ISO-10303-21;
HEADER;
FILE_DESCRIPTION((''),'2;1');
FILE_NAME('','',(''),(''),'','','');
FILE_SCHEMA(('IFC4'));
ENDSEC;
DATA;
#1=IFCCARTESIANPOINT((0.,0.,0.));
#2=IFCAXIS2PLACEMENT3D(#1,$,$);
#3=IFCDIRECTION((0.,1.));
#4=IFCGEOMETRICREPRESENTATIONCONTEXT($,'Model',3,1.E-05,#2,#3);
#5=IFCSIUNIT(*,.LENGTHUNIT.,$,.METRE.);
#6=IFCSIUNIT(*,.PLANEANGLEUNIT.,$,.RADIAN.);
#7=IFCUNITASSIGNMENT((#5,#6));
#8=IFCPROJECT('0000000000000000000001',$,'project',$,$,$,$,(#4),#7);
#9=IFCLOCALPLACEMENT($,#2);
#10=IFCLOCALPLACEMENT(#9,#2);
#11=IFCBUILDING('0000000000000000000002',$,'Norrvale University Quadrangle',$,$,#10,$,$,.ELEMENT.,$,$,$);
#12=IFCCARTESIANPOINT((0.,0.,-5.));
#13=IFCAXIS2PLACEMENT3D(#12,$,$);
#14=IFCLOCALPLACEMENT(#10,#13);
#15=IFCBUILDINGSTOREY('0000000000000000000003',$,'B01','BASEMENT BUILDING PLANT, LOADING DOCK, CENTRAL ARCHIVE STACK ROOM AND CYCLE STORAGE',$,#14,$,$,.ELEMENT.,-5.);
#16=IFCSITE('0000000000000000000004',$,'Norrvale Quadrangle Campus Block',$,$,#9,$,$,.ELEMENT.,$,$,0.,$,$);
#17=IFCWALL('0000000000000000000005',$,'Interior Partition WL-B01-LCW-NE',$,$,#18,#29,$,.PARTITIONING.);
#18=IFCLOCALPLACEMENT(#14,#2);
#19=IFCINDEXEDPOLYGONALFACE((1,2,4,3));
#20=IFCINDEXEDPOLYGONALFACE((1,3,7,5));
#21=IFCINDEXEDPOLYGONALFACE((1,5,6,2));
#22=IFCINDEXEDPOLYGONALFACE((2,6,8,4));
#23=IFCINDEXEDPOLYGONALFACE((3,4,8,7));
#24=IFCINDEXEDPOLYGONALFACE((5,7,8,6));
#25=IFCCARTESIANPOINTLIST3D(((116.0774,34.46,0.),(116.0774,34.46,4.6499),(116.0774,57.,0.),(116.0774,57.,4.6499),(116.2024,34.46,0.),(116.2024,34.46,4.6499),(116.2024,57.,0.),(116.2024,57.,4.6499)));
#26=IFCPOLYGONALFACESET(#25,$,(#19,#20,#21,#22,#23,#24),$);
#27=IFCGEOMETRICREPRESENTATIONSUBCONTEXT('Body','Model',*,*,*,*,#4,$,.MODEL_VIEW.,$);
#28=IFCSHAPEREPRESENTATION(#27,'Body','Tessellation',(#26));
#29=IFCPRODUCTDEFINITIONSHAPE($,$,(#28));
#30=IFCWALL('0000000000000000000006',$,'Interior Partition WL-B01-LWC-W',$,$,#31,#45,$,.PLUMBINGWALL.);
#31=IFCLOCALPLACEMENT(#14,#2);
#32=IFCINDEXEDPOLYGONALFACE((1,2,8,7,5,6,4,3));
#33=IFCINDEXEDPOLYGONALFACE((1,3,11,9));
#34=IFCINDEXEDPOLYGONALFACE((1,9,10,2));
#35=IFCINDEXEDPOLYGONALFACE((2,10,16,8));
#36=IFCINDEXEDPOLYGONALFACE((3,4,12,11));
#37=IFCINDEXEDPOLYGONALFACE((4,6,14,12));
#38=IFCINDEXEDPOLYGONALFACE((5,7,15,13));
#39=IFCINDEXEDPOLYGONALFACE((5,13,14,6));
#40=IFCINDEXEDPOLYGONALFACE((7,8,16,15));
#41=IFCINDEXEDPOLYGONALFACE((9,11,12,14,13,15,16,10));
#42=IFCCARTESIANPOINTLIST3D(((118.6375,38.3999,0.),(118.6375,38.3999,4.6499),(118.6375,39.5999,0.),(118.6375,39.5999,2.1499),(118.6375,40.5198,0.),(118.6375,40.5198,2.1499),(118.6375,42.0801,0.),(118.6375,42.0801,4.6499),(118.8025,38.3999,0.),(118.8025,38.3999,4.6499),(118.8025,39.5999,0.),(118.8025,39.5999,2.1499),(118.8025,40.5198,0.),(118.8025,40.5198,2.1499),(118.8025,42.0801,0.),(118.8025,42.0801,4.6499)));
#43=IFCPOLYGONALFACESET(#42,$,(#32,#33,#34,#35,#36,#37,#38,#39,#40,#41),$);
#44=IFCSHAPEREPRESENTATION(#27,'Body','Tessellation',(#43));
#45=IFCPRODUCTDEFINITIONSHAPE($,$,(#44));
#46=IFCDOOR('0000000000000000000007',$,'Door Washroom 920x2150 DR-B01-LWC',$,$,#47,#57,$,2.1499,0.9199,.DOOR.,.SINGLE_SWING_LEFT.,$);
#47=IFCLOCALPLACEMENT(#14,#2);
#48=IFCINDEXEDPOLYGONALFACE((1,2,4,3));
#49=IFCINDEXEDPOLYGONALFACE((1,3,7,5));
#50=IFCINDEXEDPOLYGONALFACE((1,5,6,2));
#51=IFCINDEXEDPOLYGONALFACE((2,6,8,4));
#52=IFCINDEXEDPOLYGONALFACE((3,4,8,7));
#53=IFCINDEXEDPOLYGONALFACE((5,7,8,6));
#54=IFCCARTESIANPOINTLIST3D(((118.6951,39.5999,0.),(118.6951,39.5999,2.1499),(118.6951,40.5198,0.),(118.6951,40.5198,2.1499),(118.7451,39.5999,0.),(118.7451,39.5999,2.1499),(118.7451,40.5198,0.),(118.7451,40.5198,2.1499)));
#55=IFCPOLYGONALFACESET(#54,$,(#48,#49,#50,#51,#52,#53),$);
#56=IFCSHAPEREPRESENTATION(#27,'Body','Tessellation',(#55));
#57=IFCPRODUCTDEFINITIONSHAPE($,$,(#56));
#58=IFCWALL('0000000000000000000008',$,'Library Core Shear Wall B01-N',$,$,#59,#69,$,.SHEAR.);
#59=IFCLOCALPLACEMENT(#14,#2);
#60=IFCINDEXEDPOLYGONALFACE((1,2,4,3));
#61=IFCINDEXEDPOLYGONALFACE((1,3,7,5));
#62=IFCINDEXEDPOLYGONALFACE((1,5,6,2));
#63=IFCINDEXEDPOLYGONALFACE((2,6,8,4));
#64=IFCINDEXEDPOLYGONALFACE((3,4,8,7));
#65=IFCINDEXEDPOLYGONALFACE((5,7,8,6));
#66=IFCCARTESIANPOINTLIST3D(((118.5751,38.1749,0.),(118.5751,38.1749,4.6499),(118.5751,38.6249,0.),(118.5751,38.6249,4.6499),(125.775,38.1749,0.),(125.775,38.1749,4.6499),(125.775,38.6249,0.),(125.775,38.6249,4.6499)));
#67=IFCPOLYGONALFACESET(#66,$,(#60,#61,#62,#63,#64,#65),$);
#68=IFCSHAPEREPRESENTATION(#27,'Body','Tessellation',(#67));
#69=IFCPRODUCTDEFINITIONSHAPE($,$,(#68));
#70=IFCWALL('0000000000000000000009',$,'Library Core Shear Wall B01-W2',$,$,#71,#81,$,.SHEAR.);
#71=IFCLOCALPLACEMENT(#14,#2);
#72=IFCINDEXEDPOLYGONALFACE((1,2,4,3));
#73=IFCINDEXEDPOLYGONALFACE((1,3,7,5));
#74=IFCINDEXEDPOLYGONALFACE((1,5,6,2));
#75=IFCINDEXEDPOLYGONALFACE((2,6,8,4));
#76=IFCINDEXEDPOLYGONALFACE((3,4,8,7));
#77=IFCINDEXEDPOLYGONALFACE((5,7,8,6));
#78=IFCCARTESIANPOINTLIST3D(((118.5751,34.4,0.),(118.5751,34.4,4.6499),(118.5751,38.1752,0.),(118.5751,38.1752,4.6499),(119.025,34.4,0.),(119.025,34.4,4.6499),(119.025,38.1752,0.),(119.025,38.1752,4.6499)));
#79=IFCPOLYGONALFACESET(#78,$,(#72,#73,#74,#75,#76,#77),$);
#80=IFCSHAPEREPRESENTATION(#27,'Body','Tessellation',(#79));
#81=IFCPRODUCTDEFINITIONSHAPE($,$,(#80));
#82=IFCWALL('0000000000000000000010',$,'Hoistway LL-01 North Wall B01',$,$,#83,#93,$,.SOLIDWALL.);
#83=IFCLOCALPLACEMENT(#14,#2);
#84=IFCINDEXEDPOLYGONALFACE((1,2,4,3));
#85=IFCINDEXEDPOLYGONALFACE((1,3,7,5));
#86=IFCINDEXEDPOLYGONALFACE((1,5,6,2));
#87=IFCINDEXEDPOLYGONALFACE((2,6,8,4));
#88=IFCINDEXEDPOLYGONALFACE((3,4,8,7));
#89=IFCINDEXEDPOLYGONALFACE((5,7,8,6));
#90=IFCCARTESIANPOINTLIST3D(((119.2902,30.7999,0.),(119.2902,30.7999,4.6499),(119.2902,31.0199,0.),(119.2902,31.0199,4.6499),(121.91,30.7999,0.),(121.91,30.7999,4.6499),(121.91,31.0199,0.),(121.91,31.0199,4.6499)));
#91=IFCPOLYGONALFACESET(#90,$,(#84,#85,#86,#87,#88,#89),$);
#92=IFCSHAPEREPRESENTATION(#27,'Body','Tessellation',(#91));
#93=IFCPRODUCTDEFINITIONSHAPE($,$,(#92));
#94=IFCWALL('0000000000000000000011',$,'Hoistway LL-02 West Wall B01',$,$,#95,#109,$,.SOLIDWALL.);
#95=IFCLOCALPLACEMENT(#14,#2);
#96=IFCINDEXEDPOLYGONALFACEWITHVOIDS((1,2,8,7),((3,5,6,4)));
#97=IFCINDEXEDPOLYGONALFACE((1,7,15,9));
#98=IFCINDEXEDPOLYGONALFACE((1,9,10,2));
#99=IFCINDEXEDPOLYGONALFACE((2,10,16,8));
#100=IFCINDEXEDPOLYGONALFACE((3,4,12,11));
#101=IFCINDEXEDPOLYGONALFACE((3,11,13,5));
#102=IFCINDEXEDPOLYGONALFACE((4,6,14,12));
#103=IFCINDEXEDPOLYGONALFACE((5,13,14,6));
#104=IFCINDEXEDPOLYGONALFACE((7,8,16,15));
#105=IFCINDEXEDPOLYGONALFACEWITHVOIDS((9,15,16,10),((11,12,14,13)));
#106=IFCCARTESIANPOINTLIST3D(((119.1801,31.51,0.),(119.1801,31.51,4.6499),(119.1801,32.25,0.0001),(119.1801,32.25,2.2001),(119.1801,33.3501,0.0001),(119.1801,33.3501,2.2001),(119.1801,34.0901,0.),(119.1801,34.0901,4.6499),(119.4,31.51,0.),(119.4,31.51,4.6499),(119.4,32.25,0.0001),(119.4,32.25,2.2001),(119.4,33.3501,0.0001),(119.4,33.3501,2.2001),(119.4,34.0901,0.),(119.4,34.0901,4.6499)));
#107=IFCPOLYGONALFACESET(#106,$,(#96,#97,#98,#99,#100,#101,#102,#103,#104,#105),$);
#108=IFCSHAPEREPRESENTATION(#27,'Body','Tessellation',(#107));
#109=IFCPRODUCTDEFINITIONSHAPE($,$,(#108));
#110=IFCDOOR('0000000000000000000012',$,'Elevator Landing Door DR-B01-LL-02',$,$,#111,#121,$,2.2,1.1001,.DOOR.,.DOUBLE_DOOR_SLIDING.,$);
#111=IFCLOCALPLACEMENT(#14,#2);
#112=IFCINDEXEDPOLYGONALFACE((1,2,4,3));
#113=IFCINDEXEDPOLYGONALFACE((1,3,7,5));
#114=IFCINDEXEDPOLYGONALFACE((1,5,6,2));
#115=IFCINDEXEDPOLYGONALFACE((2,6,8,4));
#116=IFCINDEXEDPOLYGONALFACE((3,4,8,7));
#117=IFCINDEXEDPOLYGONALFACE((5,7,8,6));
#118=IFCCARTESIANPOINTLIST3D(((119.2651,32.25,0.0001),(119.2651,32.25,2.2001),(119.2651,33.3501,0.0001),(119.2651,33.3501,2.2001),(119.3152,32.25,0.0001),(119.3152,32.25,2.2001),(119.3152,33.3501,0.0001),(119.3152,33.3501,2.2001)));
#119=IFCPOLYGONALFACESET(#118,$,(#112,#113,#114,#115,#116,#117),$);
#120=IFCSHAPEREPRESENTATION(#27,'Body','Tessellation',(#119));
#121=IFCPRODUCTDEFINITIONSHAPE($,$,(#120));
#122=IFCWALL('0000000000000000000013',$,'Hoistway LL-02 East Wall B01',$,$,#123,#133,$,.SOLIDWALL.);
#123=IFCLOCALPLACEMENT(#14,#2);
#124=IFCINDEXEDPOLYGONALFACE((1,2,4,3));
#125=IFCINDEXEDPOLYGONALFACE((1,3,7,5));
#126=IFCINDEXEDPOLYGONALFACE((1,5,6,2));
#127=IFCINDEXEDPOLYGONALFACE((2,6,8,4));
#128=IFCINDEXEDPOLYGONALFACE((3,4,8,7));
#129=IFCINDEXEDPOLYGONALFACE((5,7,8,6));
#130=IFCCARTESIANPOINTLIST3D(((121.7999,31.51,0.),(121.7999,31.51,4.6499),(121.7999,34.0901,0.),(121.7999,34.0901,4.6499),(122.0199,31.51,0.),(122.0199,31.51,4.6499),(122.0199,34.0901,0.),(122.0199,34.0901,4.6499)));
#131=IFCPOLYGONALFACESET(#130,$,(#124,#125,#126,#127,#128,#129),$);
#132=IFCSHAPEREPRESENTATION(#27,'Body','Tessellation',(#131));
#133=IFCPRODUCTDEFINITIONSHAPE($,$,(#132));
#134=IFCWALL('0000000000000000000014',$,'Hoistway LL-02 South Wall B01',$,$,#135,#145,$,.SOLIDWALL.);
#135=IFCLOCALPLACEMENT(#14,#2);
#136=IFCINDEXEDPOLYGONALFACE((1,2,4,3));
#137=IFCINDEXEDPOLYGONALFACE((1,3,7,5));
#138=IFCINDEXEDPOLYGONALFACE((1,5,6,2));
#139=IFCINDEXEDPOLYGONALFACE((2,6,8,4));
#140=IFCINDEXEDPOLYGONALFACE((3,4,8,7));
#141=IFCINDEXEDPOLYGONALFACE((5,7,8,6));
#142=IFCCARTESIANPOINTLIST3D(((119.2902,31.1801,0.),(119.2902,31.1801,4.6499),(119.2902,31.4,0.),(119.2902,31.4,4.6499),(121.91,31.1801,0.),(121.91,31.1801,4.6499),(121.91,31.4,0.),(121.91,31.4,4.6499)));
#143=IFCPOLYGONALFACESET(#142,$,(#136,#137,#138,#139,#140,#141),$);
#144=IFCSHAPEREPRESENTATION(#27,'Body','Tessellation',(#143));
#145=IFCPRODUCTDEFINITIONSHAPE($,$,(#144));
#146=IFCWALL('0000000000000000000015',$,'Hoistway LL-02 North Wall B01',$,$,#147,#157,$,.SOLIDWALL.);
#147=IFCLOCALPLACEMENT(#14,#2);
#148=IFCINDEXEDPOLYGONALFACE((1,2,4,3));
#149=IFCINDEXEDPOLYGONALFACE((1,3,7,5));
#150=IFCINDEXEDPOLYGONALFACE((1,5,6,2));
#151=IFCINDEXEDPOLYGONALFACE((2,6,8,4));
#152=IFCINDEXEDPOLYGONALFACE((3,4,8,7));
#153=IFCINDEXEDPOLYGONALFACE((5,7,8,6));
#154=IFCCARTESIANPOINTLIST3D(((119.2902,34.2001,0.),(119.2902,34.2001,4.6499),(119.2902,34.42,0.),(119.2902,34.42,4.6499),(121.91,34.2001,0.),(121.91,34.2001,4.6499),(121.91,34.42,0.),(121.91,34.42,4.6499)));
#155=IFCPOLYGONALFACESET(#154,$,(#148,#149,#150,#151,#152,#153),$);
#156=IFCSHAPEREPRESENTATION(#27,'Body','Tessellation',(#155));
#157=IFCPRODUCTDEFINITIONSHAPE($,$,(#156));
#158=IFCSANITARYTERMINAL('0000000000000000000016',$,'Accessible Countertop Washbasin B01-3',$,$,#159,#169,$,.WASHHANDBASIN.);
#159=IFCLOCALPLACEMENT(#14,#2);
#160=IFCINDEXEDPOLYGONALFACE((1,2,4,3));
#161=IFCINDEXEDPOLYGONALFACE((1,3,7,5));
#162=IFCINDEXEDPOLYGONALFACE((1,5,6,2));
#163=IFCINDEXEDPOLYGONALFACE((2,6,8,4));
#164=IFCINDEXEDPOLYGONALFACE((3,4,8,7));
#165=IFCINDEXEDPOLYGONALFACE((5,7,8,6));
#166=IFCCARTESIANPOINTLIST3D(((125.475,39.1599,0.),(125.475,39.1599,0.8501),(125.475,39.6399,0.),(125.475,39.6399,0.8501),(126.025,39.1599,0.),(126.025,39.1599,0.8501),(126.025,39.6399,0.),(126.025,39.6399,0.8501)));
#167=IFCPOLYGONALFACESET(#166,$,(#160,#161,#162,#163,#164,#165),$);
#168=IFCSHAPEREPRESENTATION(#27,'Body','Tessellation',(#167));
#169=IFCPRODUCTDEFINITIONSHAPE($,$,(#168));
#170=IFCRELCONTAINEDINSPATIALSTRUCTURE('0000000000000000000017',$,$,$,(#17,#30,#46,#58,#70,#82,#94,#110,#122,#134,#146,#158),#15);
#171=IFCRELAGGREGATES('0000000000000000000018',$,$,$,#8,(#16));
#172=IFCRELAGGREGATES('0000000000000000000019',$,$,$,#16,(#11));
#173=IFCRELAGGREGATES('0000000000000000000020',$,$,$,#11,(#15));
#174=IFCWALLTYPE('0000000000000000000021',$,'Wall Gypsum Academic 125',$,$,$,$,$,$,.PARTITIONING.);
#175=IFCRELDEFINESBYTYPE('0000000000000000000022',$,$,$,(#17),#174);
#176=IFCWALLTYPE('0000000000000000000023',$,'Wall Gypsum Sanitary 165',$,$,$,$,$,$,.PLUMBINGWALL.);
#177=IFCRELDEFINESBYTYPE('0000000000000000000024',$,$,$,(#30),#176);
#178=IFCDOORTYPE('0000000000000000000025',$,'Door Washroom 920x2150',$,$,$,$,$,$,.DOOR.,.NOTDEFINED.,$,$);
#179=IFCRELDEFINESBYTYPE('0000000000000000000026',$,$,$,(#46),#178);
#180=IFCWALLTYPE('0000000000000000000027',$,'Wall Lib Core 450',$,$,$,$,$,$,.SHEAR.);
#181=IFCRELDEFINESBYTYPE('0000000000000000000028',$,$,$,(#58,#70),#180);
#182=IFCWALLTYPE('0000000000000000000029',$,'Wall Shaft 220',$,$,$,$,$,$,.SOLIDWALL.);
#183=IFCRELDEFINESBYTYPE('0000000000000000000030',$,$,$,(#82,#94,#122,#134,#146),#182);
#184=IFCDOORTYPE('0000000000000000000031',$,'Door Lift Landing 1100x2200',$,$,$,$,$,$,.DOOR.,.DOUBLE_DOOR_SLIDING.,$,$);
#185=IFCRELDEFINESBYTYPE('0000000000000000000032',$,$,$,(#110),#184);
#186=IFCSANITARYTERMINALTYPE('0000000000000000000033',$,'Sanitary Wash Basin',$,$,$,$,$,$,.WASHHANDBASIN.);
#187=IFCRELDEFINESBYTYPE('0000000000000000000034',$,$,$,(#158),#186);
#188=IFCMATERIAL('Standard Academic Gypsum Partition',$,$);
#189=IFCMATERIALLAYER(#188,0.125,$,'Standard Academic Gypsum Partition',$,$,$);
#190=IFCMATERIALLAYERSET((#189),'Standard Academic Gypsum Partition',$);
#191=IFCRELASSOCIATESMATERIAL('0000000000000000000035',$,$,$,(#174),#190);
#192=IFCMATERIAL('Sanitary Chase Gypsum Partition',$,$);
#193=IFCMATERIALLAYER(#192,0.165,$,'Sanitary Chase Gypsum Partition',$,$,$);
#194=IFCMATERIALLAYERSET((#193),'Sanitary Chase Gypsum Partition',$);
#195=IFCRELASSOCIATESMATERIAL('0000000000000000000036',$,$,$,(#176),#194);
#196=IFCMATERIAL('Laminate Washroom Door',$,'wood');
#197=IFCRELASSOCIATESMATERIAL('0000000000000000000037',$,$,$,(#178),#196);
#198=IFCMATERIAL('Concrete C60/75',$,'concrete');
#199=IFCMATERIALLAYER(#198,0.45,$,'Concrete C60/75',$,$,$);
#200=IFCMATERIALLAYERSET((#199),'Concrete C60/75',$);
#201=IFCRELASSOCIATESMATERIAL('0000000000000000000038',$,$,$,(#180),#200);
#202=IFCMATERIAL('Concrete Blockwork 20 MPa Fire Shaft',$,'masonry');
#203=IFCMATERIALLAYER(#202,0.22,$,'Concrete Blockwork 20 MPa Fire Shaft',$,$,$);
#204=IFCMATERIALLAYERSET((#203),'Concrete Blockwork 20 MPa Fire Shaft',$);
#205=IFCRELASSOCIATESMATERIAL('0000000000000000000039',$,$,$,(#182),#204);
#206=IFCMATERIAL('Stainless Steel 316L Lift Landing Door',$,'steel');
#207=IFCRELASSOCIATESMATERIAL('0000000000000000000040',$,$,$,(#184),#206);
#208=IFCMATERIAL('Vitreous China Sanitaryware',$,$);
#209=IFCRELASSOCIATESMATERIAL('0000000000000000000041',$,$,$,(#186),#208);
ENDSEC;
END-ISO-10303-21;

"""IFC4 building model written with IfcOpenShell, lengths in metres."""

from ifc_helpers import new_model, si_unit, direction, frame, frame_2d, origin, origin_2d, place, context, subcontext, project, spatial, rectangle, extrude, material, layer, layer_set, type_object, element, fill, save


model = new_model("IFC4")

# Units and contexts
model_context = context("Model", 3, precision=1e-05, world=origin(), true_north=direction((0.0, 1.0)))
body_context = subcontext(model_context, "Body", "Model", "MODEL_VIEW")
ifc_project = project(units=[si_unit("LENGTHUNIT", "METRE"), si_unit("PLANEANGLEUNIT", "RADIAN")], contexts=[model_context])

# Site, building, storey
site_placement = place(None, origin())
site = spatial("IfcSite", under=ifc_project, at=site_placement, Name="Norrvale Quadrangle Campus Block", CompositionType="ELEMENT", RefElevation=0.0)
building_placement = place(site_placement, origin())
building = spatial("IfcBuilding", under=site, at=building_placement, Name="Norrvale University Quadrangle", CompositionType="ELEMENT")
storey_placement = place(building_placement, frame((0.0, 0.0, -5.0)))
storey = spatial("IfcBuildingStorey", under=building, at=storey_placement, Name="B01", Description="BASEMENT BUILDING PLANT, LOADING DOCK, CENTRAL ARCHIVE STACK ROOM AND CYCLE STORAGE", CompositionType="ELEMENT", Elevation=-5.0)

# Shared definitions
ifc_material_1 = material(Name="Concrete C60/75", Category="concrete")

# Wall
ifc_material_2 = material(Name="Standard Academic Gypsum Partition")
ifc_layer_1 = layer(ifc_material_2, 0.125, Name="Standard Academic Gypsum Partition")
ifc_layer_set_1 = layer_set([ifc_layer_1], Name="Standard Academic Gypsum Partition")
wall_type_1 = type_object("IfcWallType", Name="Wall Gypsum Academic 125", PredefinedType="PARTITIONING", material=ifc_layer_set_1)
wall_1_placement = place(storey_placement, frame((116.1399, 34.46, 0.0), z_axis=(0.0, 0.0, 1.0), x_axis=(0.0, 1.0, 0.0)))
element("IfcWall", 1, at=wall_1_placement, inside=storey, type_object=wall_type_1, Name="Interior Partition WL-B01-LCW-NE", PredefinedType="PARTITIONING", context=body_context, shape_type="SweptSolid", body=[
    extrude(rectangle(XDim=22.54, YDim=0.125, at=frame_2d((11.27, 0.0))), origin(), (0.0, 0.0, 1.0), 4.6499),
])

# Wall, opening, door
ifc_material_3 = material(Name="Sanitary Chase Gypsum Partition")
ifc_layer_2 = layer(ifc_material_3, 0.165, Name="Sanitary Chase Gypsum Partition")
ifc_layer_set_2 = layer_set([ifc_layer_2], Name="Sanitary Chase Gypsum Partition")
wall_type_2 = type_object("IfcWallType", Name="Wall Gypsum Sanitary 165", PredefinedType="PLUMBINGWALL", material=ifc_layer_set_2)
wall_2_placement = place(storey_placement, frame((118.72, 38.3999, 0.0), z_axis=(0.0, 0.0, 1.0), x_axis=(0.0, 1.0, 0.0)))
wall_2 = element("IfcWall", 2, at=wall_2_placement, inside=storey, type_object=wall_type_2, Name="Interior Partition WL-B01-LWC-W", PredefinedType="PLUMBINGWALL", context=body_context, shape_type="SweptSolid", body=[
    extrude(rectangle(XDim=3.6802, YDim=0.165, at=frame_2d((1.8401, 0.0))), origin(), (0.0, 0.0, 1.0), 4.6499),
])
opening_1_placement = place(wall_2_placement, frame((1.2, 0.0, 0.0)))
opening_1 = element("IfcOpeningElement", 3, at=opening_1_placement, cuts=wall_2, PredefinedType="OPENING", context=body_context, shape_type="SweptSolid", body=[
    extrude(rectangle(XDim=0.9199, YDim=2.1499, at=frame_2d((0.46, 1.075))), frame((0.0, 0.0945, 0.0), z_axis=(0.0, -1.0, 0.0), x_axis=(1.0, 0.0, 0.0)), (0.0, 0.0, 1.0), 0.189),
])
ifc_material_4 = material(Name="Laminate Washroom Door", Category="wood")
door_type_1 = type_object("IfcDoorType", Name="Door Washroom 920x2150", OperationType="NOTDEFINED", PredefinedType="DOOR", material=ifc_material_4)
door_1_placement = place(opening_1_placement, origin())
door_1 = element("IfcDoor", 4, at=door_1_placement, inside=storey, type_object=door_type_1, Name="Door Washroom 920x2150 DR-B01-LWC", OperationType="SINGLE_SWING_LEFT", OverallHeight=2.1499, OverallWidth=0.9199, PredefinedType="DOOR", context=body_context, shape_type="SweptSolid", body=[
    extrude(rectangle(XDim=0.9199, YDim=2.1499, at=frame_2d((0.46, 1.075))), frame((0.0, 0.0249, 0.0), z_axis=(0.0, -1.0, 0.0), x_axis=(1.0, 0.0, 0.0)), (0.0, 0.0, 1.0), 0.05),
])
fill(opening_1, door_1)

# Walls
ifc_layer_3 = layer(ifc_material_1, 0.45, Name="Concrete C60/75")
ifc_layer_set_3 = layer_set([ifc_layer_3], Name="Concrete C60/75")
wall_type_3 = type_object("IfcWallType", Name="Wall Lib Core 450", PredefinedType="SHEAR", material=ifc_layer_set_3)
wall_3_placement = place(storey_placement, frame((118.575, 38.3999, 0.0), z_axis=(0.0, 0.0, 1.0), x_axis=(1.0, 0.0, 0.0)))
element("IfcWall", 5, at=wall_3_placement, inside=storey, type_object=wall_type_3, Name="Library Core Shear Wall B01-N", PredefinedType="SHEAR", context=body_context, shape_type="SweptSolid", body=[
    extrude(rectangle(XDim=7.2, YDim=0.45, at=frame_2d((3.6001, 0.0))), origin(), (0.0, 0.0, 1.0), 4.6499),
])
wall_4_placement = place(storey_placement, frame((118.8, 34.3999, 0.0), z_axis=(0.0, 0.0, 1.0), x_axis=(0.0, 1.0, 0.0)))
element("IfcWall", 6, at=wall_4_placement, inside=storey, type_object=wall_type_3, Name="Library Core Shear Wall B01-W2", PredefinedType="SHEAR", context=body_context, shape_type="SweptSolid", body=[
    extrude(rectangle(XDim=3.7751, YDim=0.45, at=frame_2d((1.8877, 0.0))), origin(), (0.0, 0.0, 1.0), 4.6499),
])
ifc_material_5 = material(Name="Concrete Blockwork 20 MPa Fire Shaft", Category="masonry")
ifc_layer_4 = layer(ifc_material_5, 0.22, Name="Concrete Blockwork 20 MPa Fire Shaft")
ifc_layer_set_4 = layer_set([ifc_layer_4], Name="Concrete Blockwork 20 MPa Fire Shaft")
wall_type_4 = type_object("IfcWallType", Name="Wall Shaft 220", PredefinedType="SOLIDWALL", material=ifc_layer_set_4)
wall_5_placement = place(storey_placement, frame((119.29, 30.9099, 0.0), z_axis=(0.0, 0.0, 1.0), x_axis=(1.0, 0.0, 0.0)))
element("IfcWall", 7, at=wall_5_placement, inside=storey, type_object=wall_type_4, Name="Hoistway LL-01 North Wall B01", PredefinedType="SOLIDWALL", context=body_context, shape_type="SweptSolid", body=[
    extrude(rectangle(XDim=2.6199, YDim=0.22, at=frame_2d((1.3101, 0.0))), origin(), (0.0, 0.0, 1.0), 4.6499),
])

# Wall, opening, door
wall_6_placement = place(storey_placement, frame((119.29, 31.51, 0.0), z_axis=(0.0, 0.0, 1.0), x_axis=(0.0, 1.0, 0.0)))
wall_6 = element("IfcWall", 8, at=wall_6_placement, inside=storey, type_object=wall_type_4, Name="Hoistway LL-02 West Wall B01", PredefinedType="SOLIDWALL", context=body_context, shape_type="SweptSolid", body=[
    extrude(rectangle(XDim=2.5801, YDim=0.22, at=frame_2d((1.29, 0.0))), origin(), (0.0, 0.0, 1.0), 4.6499),
])
opening_2_placement = place(wall_6_placement, frame((0.74, 0.0, 0.0)))
opening_2 = element("IfcOpeningElement", 9, at=opening_2_placement, cuts=wall_6, PredefinedType="OPENING", context=body_context, shape_type="SweptSolid", body=[
    extrude(rectangle(XDim=1.1001, YDim=2.2, at=frame_2d((0.55, 1.1001))), frame((0.0, 0.1221, 0.0), z_axis=(0.0, -1.0, 0.0), x_axis=(1.0, 0.0, 0.0)), (0.0, 0.0, 1.0), 0.2439),
])
ifc_material_6 = material(Name="Stainless Steel 316L Lift Landing Door", Category="steel")
door_type_2 = type_object("IfcDoorType", Name="Door Lift Landing 1100x2200", OperationType="DOUBLE_DOOR_SLIDING", PredefinedType="DOOR", material=ifc_material_6)
door_2_placement = place(opening_2_placement, origin())
door_2 = element("IfcDoor", 10, at=door_2_placement, inside=storey, type_object=door_type_2, Name="Elevator Landing Door DR-B01-LL-02", OperationType="DOUBLE_DOOR_SLIDING", OverallHeight=2.2, OverallWidth=1.1001, PredefinedType="DOOR", context=body_context, shape_type="SweptSolid", body=[
    extrude(rectangle(XDim=1.1001, YDim=2.2, at=frame_2d((0.55, 1.1001))), frame((0.0, 0.0249, 0.0), z_axis=(0.0, -1.0, 0.0), x_axis=(1.0, 0.0, 0.0)), (0.0, 0.0, 1.0), 0.05),
])
fill(opening_2, door_2)

# Walls
wall_7_placement = place(storey_placement, frame((121.9099, 31.51, 0.0), z_axis=(0.0, 0.0, 1.0), x_axis=(0.0, 1.0, 0.0)))
element("IfcWall", 11, at=wall_7_placement, inside=storey, type_object=wall_type_4, Name="Hoistway LL-02 East Wall B01", PredefinedType="SOLIDWALL", context=body_context, shape_type="SweptSolid", body=[
    extrude(rectangle(XDim=2.5801, YDim=0.22, at=frame_2d((1.29, 0.0))), origin(), (0.0, 0.0, 1.0), 4.6499),
])
for number, where, z_axis, x_axis, name in (
    (12, (119.29, 31.29, 0.0), (0.0, 0.0, 1.0), (1.0, 0.0, 0.0), "Hoistway LL-02 South Wall B01"),
    (13, (119.29, 34.3101, 0.0), (0.0, 0.0, 1.0), (1.0, 0.0, 0.0), "Hoistway LL-02 North Wall B01"),
):
    element("IfcWall", number, at=place(storey_placement, frame(where, z_axis=z_axis, x_axis=x_axis)), inside=storey, type_object=wall_type_4, Name=name, PredefinedType="SOLIDWALL", context=body_context, shape_type="SweptSolid", body=[
        extrude(rectangle(XDim=2.6199, YDim=0.22, at=frame_2d((1.3101, 0.0))), origin(), (0.0, 0.0, 1.0), 4.6499),
    ])

# Sanitary terminal
ifc_material_7 = material(Name="Vitreous China Sanitaryware")
sanitary_terminal_type_1 = type_object("IfcSanitaryTerminalType", Name="Sanitary Wash Basin", PredefinedType="WASHHANDBASIN", material=ifc_material_7)
sanitary_terminal_1_placement = place(storey_placement, frame((125.75, 39.3999, 0.0), z_axis=(0.0, 0.0, 1.0), x_axis=(1.0, 0.0, 0.0)))
element("IfcSanitaryTerminal", 14, at=sanitary_terminal_1_placement, inside=storey, type_object=sanitary_terminal_type_1, Name="Accessible Countertop Washbasin B01-3", PredefinedType="WASHHANDBASIN", context=body_context, shape_type="SweptSolid", body=[
    extrude(rectangle(XDim=0.55, YDim=0.48, at=origin_2d()), origin(), (0.0, 0.0, 1.0), 0.8501),
])

save(model, "model.ifc")
